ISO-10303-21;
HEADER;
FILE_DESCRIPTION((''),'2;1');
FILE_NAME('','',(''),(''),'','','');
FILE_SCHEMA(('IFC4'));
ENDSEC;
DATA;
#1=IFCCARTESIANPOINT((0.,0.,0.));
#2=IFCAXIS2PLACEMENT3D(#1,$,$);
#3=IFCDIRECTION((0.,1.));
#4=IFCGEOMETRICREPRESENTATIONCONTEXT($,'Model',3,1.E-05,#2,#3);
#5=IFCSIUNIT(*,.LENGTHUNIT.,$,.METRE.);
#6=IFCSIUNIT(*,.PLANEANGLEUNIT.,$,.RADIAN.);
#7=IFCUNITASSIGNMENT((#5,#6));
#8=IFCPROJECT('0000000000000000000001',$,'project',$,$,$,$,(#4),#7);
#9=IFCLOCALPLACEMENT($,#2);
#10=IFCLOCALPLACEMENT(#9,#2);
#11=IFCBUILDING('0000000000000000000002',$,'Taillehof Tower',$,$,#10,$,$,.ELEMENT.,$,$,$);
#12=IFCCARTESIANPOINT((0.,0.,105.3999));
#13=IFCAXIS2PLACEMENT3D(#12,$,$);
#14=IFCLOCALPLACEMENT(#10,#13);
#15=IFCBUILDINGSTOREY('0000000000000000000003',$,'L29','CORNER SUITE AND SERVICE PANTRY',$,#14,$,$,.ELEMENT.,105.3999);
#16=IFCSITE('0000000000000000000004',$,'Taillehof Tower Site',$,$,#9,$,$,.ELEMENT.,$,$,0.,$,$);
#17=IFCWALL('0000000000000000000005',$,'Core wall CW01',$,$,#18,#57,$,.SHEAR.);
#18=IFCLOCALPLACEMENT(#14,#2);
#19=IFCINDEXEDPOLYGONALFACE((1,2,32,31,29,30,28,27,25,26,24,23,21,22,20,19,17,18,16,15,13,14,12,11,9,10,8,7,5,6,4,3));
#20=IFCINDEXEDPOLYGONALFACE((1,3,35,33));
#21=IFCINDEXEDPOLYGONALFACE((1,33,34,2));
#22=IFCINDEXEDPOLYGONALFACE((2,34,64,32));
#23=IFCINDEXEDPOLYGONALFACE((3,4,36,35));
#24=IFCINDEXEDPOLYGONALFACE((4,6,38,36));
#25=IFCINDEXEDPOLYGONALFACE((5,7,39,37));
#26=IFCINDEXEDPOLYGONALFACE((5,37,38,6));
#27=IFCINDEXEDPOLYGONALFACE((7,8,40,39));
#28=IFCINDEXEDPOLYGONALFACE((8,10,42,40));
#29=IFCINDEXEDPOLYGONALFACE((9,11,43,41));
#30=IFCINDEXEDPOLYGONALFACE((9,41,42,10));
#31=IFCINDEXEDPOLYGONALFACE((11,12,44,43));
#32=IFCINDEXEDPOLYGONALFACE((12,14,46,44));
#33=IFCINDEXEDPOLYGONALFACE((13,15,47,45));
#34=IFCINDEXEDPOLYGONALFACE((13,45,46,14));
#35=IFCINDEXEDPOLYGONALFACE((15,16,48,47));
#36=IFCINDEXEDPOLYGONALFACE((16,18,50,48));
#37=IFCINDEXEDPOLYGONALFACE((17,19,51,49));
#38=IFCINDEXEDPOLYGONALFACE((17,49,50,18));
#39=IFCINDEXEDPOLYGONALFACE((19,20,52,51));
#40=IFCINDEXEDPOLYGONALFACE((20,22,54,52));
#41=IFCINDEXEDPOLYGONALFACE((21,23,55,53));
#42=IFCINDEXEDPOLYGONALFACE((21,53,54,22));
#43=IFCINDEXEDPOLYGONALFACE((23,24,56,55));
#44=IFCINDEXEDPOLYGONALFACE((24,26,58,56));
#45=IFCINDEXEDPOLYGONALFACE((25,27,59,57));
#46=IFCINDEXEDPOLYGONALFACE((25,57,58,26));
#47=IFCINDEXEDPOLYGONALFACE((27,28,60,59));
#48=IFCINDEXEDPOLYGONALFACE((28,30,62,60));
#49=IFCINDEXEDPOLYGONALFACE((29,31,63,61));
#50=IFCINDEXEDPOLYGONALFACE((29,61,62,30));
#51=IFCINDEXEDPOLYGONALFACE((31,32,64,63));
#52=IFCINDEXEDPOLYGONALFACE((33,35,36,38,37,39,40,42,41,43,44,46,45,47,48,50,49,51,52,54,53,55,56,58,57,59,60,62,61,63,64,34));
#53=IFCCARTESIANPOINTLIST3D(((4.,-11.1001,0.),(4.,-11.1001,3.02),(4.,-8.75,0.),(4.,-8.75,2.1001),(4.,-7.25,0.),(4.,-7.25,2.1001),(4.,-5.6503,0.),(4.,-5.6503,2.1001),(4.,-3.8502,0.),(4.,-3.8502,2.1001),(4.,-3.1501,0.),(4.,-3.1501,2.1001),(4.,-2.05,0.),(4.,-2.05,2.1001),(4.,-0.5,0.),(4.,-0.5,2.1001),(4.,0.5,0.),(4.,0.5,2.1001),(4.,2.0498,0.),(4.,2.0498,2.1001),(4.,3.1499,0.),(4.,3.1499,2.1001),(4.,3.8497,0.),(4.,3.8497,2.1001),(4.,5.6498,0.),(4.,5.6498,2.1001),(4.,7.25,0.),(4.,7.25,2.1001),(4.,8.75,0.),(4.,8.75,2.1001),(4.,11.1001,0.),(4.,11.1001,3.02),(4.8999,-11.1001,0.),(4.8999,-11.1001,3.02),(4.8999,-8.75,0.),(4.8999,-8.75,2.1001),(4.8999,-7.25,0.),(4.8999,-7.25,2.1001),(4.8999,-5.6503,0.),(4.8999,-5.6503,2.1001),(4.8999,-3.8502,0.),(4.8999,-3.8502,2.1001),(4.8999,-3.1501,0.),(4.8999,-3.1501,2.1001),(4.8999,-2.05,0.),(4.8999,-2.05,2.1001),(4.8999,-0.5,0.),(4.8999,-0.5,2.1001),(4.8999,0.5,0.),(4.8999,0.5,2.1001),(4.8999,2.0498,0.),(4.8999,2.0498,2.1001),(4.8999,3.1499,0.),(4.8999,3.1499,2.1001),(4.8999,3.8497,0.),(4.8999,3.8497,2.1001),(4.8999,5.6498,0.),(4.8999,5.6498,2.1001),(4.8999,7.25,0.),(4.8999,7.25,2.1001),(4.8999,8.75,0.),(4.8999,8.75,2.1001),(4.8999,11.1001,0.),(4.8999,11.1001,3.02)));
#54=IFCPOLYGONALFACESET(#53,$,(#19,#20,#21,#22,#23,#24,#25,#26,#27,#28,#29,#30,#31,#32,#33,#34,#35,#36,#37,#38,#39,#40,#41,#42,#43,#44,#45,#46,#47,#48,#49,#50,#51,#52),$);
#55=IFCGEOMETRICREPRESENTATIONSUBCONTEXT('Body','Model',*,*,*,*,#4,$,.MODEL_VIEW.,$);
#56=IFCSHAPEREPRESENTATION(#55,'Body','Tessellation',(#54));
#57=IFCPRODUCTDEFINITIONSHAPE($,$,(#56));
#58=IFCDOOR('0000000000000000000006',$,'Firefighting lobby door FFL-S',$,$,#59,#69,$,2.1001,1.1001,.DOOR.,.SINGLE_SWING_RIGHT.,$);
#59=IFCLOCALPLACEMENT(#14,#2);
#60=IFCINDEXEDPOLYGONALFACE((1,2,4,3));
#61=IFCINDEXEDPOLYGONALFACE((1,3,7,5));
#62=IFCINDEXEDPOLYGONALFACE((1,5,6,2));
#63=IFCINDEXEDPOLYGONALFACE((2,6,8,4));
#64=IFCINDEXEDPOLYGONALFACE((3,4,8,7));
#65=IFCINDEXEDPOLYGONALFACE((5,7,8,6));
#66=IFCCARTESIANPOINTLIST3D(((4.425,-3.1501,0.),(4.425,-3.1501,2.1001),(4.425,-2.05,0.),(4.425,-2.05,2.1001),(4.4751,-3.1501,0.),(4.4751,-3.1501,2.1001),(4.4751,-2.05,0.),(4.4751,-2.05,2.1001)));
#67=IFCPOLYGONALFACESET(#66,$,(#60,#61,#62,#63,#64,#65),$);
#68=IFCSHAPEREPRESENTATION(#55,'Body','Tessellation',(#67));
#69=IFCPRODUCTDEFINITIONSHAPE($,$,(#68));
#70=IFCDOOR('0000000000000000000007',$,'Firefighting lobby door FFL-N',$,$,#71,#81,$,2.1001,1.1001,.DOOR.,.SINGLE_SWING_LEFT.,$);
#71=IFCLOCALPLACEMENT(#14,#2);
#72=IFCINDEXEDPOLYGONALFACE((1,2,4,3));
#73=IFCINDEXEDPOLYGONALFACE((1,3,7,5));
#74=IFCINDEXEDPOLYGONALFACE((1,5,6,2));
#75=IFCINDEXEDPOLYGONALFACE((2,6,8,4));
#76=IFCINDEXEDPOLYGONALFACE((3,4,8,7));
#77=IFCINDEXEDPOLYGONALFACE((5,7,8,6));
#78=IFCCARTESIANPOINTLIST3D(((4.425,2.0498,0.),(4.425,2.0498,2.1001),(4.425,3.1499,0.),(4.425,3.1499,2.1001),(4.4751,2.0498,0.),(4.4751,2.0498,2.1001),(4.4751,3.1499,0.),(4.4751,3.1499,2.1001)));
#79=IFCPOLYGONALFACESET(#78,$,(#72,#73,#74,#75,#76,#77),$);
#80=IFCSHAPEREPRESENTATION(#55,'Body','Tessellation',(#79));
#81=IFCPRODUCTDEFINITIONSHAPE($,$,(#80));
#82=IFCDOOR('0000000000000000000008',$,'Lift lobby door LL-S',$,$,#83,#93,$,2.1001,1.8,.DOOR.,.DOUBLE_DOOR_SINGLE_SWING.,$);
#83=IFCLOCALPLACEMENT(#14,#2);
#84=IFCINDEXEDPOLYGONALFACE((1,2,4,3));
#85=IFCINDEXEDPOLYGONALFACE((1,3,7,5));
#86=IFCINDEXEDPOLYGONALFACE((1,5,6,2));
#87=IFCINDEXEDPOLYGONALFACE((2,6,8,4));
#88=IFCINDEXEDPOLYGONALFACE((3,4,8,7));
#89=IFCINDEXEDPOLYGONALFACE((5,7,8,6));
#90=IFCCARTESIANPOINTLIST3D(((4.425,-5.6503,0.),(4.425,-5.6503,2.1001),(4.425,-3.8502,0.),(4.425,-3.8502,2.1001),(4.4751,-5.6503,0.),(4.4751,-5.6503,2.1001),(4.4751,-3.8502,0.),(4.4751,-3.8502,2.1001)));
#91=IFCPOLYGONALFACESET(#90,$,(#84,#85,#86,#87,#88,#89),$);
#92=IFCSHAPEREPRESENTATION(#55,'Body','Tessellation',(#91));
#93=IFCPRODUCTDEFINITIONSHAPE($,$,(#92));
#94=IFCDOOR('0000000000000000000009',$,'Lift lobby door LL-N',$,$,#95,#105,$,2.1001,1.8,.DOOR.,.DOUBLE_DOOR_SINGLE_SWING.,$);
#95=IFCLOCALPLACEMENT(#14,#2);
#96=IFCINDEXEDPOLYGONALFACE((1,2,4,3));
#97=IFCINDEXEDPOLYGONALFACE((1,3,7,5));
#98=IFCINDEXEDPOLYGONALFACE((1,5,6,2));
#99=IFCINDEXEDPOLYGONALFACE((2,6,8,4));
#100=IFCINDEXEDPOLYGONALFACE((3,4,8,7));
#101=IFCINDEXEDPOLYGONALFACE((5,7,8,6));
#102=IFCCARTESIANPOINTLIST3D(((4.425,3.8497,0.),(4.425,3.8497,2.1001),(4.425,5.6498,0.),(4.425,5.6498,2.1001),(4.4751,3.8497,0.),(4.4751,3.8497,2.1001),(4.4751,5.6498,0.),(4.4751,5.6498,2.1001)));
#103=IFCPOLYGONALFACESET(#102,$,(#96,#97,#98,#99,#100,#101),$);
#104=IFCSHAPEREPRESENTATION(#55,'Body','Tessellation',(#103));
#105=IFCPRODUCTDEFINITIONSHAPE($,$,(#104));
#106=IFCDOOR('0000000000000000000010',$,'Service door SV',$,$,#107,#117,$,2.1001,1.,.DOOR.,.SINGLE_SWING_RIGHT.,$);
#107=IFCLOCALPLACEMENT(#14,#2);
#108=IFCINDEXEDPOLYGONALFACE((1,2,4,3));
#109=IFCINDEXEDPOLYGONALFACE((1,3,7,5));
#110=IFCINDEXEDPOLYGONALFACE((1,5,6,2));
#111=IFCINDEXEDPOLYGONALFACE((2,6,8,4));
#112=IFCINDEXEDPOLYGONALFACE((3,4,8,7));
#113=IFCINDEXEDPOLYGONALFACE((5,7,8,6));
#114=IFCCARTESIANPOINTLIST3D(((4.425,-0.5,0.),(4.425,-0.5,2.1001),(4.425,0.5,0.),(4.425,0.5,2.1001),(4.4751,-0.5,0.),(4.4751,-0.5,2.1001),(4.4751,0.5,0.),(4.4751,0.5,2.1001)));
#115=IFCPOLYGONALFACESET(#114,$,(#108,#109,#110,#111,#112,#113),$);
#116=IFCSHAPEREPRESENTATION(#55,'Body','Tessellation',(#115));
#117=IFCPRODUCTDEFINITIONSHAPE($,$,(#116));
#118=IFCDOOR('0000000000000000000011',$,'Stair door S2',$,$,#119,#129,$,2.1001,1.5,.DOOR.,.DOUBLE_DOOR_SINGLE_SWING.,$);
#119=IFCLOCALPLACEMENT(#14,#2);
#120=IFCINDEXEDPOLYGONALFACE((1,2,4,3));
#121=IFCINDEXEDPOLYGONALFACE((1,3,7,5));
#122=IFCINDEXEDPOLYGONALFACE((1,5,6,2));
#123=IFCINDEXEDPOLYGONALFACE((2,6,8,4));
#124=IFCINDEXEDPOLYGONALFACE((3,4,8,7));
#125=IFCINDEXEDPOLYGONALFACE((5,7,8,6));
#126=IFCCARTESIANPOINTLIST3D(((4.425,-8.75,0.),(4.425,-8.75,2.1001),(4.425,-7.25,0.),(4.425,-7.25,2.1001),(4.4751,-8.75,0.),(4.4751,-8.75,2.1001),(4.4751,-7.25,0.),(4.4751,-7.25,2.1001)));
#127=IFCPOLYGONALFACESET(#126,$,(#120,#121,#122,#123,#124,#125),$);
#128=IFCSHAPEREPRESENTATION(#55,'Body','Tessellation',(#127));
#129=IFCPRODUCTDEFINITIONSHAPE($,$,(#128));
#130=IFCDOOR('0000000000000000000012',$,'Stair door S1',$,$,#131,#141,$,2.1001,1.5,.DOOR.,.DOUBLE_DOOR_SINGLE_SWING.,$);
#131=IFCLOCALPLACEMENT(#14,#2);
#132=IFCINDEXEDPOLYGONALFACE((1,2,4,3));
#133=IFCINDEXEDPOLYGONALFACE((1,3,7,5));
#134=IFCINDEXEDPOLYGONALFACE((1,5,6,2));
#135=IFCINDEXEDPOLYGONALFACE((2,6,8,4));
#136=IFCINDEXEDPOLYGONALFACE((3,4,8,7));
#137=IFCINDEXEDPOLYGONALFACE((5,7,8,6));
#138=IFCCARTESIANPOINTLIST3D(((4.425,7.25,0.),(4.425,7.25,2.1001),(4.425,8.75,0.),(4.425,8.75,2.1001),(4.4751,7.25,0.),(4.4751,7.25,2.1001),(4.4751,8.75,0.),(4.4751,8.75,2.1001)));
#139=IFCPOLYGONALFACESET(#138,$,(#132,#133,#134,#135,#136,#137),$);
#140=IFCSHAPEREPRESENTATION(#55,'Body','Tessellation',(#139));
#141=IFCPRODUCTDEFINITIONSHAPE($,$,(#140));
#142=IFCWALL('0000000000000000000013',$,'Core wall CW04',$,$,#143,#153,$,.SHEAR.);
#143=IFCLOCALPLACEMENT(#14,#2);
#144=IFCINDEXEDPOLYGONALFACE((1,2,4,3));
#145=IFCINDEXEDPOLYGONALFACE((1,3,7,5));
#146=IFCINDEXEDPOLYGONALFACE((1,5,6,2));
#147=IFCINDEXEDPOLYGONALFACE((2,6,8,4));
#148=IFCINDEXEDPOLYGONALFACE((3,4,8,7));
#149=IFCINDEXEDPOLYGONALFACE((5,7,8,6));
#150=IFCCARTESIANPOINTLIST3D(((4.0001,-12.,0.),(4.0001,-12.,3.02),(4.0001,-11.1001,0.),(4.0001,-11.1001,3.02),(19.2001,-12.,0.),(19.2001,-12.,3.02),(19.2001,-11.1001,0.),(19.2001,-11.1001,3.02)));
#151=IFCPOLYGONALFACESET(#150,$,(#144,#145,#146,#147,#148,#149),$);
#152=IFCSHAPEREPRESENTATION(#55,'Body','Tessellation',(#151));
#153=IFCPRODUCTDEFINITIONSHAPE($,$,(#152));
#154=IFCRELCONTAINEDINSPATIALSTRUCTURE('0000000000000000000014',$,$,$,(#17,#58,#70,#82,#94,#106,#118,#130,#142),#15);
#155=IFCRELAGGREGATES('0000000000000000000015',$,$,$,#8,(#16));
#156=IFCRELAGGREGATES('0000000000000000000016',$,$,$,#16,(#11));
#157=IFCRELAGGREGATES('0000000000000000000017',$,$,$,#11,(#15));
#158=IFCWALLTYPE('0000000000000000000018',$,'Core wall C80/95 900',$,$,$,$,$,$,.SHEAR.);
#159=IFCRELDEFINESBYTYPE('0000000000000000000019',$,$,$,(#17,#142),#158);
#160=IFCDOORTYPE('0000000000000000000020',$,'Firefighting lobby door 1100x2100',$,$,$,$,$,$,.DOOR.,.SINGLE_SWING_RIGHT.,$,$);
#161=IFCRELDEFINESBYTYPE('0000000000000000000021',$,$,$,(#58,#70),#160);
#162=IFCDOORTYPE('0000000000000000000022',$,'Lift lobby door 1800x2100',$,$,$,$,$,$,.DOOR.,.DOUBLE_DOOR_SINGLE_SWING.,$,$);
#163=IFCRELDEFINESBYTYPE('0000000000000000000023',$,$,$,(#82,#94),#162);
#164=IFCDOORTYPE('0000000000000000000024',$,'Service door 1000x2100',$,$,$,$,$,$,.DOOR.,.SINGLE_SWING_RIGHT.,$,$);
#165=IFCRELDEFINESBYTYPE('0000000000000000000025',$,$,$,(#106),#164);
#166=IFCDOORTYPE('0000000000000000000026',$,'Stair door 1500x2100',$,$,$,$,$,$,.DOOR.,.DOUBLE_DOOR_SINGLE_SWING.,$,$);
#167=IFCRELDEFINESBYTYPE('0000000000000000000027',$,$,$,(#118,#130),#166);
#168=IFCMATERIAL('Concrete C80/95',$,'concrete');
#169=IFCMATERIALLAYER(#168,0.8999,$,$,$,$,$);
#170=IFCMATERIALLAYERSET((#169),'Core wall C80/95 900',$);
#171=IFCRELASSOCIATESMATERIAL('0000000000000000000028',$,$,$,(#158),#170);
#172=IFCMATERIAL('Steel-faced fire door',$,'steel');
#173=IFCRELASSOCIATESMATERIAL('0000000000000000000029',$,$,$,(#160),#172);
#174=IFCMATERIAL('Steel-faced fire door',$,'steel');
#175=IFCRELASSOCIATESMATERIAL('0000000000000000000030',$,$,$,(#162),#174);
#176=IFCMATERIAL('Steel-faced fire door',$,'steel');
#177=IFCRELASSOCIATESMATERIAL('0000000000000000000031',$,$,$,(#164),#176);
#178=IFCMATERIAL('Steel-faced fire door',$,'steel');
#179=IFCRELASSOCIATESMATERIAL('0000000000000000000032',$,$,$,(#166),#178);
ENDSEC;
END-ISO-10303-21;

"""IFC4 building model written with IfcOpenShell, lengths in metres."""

from ifc_helpers import new_model, si_unit, direction, frame, frame_2d, origin, place, context, subcontext, project, spatial, rectangle, extrude, material, layer, layer_set, type_object, element, fill, save


model = new_model("IFC4")

# Units and contexts
model_context = context("Model", 3, precision=1e-05, world=origin(), true_north=direction((0.0, 1.0)))
body_context = subcontext(model_context, "Body", "Model", "MODEL_VIEW")
ifc_project = project(units=[si_unit("LENGTHUNIT", "METRE"), si_unit("PLANEANGLEUNIT", "RADIAN")], contexts=[model_context])

# Site, building, storey
site_placement = place(None, origin())
site = spatial("IfcSite", under=ifc_project, at=site_placement, Name="Taillehof Tower Site", CompositionType="ELEMENT", RefElevation=0.0)
building_placement = place(site_placement, origin())
building = spatial("IfcBuilding", under=site, at=building_placement, Name="Taillehof Tower", CompositionType="ELEMENT")
storey_placement = place(building_placement, frame((0.0, 0.0, 105.3999)))
storey = spatial("IfcBuildingStorey", under=building, at=storey_placement, Name="L29", Description="CORNER SUITE AND SERVICE PANTRY", CompositionType="ELEMENT", Elevation=105.3999)

# Wall, openings, doors
ifc_material_1 = material(Name="Concrete C80/95", Category="concrete")
ifc_layer_1 = layer(ifc_material_1, 0.8999)
ifc_layer_set_1 = layer_set([ifc_layer_1], Name="Core wall C80/95 900")
wall_type_1 = type_object("IfcWallType", Name="Core wall C80/95 900", PredefinedType="SHEAR", material=ifc_layer_set_1)
wall_1_placement = place(storey_placement, frame((4.45, -11.1001, 0.0), z_axis=(0.0, 0.0, 1.0), x_axis=(0.0, 1.0, 0.0)))
wall_1 = element("IfcWall", 1, at=wall_1_placement, inside=storey, type_object=wall_type_1, Name="Core wall CW01", PredefinedType="SHEAR", context=body_context, shape_type="SweptSolid", body=[
    extrude(rectangle(XDim=22.2002, YDim=0.8999, at=frame_2d((11.1001, 0.0))), origin(), (0.0, 0.0, 1.0), 3.02),
])
opening_1_placement = place(wall_1_placement, frame((2.3501, 0.0, 0.0)))
opening_1 = element("IfcOpeningElement", 2, at=opening_1_placement, cuts=wall_1, PredefinedType="OPENING", context=body_context, shape_type="SweptSolid", body=[
    extrude(rectangle(XDim=1.5, YDim=2.1001, at=frame_2d((0.75, 1.05))), frame((0.0, 0.46, 0.0), z_axis=(0.0, -1.0, 0.0), x_axis=(1.0, 0.0, 0.0)), (0.0, 0.0, 1.0), 0.9199),
])
opening_2_placement = place(wall_1_placement, frame((5.45, 0.0, 0.0)))
opening_2 = element("IfcOpeningElement", 3, at=opening_2_placement, cuts=wall_1, PredefinedType="OPENING", context=body_context, shape_type="SweptSolid", body=[
    extrude(rectangle(XDim=1.8, YDim=2.1001, at=frame_2d((0.8999, 1.05))), frame((0.0, 0.46, 0.0), z_axis=(0.0, -1.0, 0.0), x_axis=(1.0, 0.0, 0.0)), (0.0, 0.0, 1.0), 0.9199),
])
opening_3_placement = place(wall_1_placement, frame((7.95, 0.0, 0.0)))
opening_3 = element("IfcOpeningElement", 4, at=opening_3_placement, cuts=wall_1, PredefinedType="OPENING", context=body_context, shape_type="SweptSolid", body=[
    extrude(rectangle(XDim=1.1001, YDim=2.1001, at=frame_2d((0.55, 1.05))), frame((0.0, 0.46, 0.0), z_axis=(0.0, -1.0, 0.0), x_axis=(1.0, 0.0, 0.0)), (0.0, 0.0, 1.0), 0.9199),
])
opening_4_placement = place(wall_1_placement, frame((10.6001, 0.0, 0.0)))
opening_4 = element("IfcOpeningElement", 5, at=opening_4_placement, cuts=wall_1, PredefinedType="OPENING", context=body_context, shape_type="SweptSolid", body=[
    extrude(rectangle(XDim=1.0, YDim=2.1001, at=frame_2d((0.5, 1.05))), frame((0.0, 0.46, 0.0), z_axis=(0.0, -1.0, 0.0), x_axis=(1.0, 0.0, 0.0)), (0.0, 0.0, 1.0), 0.9199),
])
opening_5_placement = place(wall_1_placement, frame((13.1499, 0.0, 0.0)))
opening_5 = element("IfcOpeningElement", 6, at=opening_5_placement, cuts=wall_1, PredefinedType="OPENING", context=body_context, shape_type="SweptSolid", body=[
    extrude(rectangle(XDim=1.1001, YDim=2.1001, at=frame_2d((0.55, 1.05))), frame((0.0, 0.46, 0.0), z_axis=(0.0, -1.0, 0.0), x_axis=(1.0, 0.0, 0.0)), (0.0, 0.0, 1.0), 0.9199),
])
opening_6_placement = place(wall_1_placement, frame((14.95, 0.0, 0.0)))
opening_6 = element("IfcOpeningElement", 7, at=opening_6_placement, cuts=wall_1, PredefinedType="OPENING", context=body_context, shape_type="SweptSolid", body=[
    extrude(rectangle(XDim=1.8, YDim=2.1001, at=frame_2d((0.8999, 1.05))), frame((0.0, 0.46, 0.0), z_axis=(0.0, -1.0, 0.0), x_axis=(1.0, 0.0, 0.0)), (0.0, 0.0, 1.0), 0.9199),
])
opening_7_placement = place(wall_1_placement, frame((18.3501, 0.0, 0.0)))
opening_7 = element("IfcOpeningElement", 8, at=opening_7_placement, cuts=wall_1, PredefinedType="OPENING", context=body_context, shape_type="SweptSolid", body=[
    extrude(rectangle(XDim=1.5, YDim=2.1001, at=frame_2d((0.75, 1.05))), frame((0.0, 0.46, 0.0), z_axis=(0.0, -1.0, 0.0), x_axis=(1.0, 0.0, 0.0)), (0.0, 0.0, 1.0), 0.9199),
])
ifc_material_2 = material(Name="Steel-faced fire door", Category="steel")
door_type_1 = type_object("IfcDoorType", Name="Firefighting lobby door 1100x2100", OperationType="SINGLE_SWING_RIGHT", PredefinedType="DOOR", material=ifc_material_2)
door_1_placement = place(opening_3_placement, origin())
door_1 = element("IfcDoor", 9, at=door_1_placement, inside=storey, type_object=door_type_1, Name="Firefighting lobby door FFL-S", OperationType="SINGLE_SWING_RIGHT", OverallHeight=2.1001, OverallWidth=1.1001, PredefinedType="DOOR", context=body_context, shape_type="SweptSolid", body=[
    extrude(rectangle(XDim=1.1001, YDim=2.1001, at=frame_2d((0.55, 1.05))), frame((0.0, 0.0249, 0.0), z_axis=(0.0, -1.0, 0.0), x_axis=(1.0, 0.0, 0.0)), (0.0, 0.0, 1.0), 0.05),
])
fill(opening_3, door_1)
door_2_placement = place(opening_5_placement, origin())
door_2 = element("IfcDoor", 10, at=door_2_placement, inside=storey, type_object=door_type_1, Name="Firefighting lobby door FFL-N", OperationType="SINGLE_SWING_LEFT", OverallHeight=2.1001, OverallWidth=1.1001, PredefinedType="DOOR", context=body_context, shape_type="SweptSolid", body=[
    extrude(rectangle(XDim=1.1001, YDim=2.1001, at=frame_2d((0.55, 1.05))), frame((0.0, 0.0249, 0.0), z_axis=(0.0, -1.0, 0.0), x_axis=(1.0, 0.0, 0.0)), (0.0, 0.0, 1.0), 0.05),
])
fill(opening_5, door_2)
ifc_material_3 = material(Name="Steel-faced fire door", Category="steel")
door_type_2 = type_object("IfcDoorType", Name="Lift lobby door 1800x2100", OperationType="DOUBLE_DOOR_SINGLE_SWING", PredefinedType="DOOR", material=ifc_material_3)
door_3_placement = place(opening_2_placement, origin())
door_3 = element("IfcDoor", 11, at=door_3_placement, inside=storey, type_object=door_type_2, Name="Lift lobby door LL-S", OperationType="DOUBLE_DOOR_SINGLE_SWING", OverallHeight=2.1001, OverallWidth=1.8, PredefinedType="DOOR", context=body_context, shape_type="SweptSolid", body=[
    extrude(rectangle(XDim=1.8, YDim=2.1001, at=frame_2d((0.8999, 1.05))), frame((0.0, 0.0249, 0.0), z_axis=(0.0, -1.0, 0.0), x_axis=(1.0, 0.0, 0.0)), (0.0, 0.0, 1.0), 0.05),
])
fill(opening_2, door_3)
door_4_placement = place(opening_6_placement, origin())
door_4 = element("IfcDoor", 12, at=door_4_placement, inside=storey, type_object=door_type_2, Name="Lift lobby door LL-N", OperationType="DOUBLE_DOOR_SINGLE_SWING", OverallHeight=2.1001, OverallWidth=1.8, PredefinedType="DOOR", context=body_context, shape_type="SweptSolid", body=[
    extrude(rectangle(XDim=1.8, YDim=2.1001, at=frame_2d((0.8999, 1.05))), frame((0.0, 0.0249, 0.0), z_axis=(0.0, -1.0, 0.0), x_axis=(1.0, 0.0, 0.0)), (0.0, 0.0, 1.0), 0.05),
])
fill(opening_6, door_4)
ifc_material_4 = material(Name="Steel-faced fire door", Category="steel")
door_type_3 = type_object("IfcDoorType", Name="Service door 1000x2100", OperationType="SINGLE_SWING_RIGHT", PredefinedType="DOOR", material=ifc_material_4)
door_5_placement = place(opening_4_placement, origin())
door_5 = element("IfcDoor", 13, at=door_5_placement, inside=storey, type_object=door_type_3, Name="Service door SV", OperationType="SINGLE_SWING_RIGHT", OverallHeight=2.1001, OverallWidth=1.0, PredefinedType="DOOR", context=body_context, shape_type="SweptSolid", body=[
    extrude(rectangle(XDim=1.0, YDim=2.1001, at=frame_2d((0.5, 1.05))), frame((0.0, 0.0249, 0.0), z_axis=(0.0, -1.0, 0.0), x_axis=(1.0, 0.0, 0.0)), (0.0, 0.0, 1.0), 0.05),
])
fill(opening_4, door_5)
ifc_material_5 = material(Name="Steel-faced fire door", Category="steel")
door_type_4 = type_object("IfcDoorType", Name="Stair door 1500x2100", OperationType="DOUBLE_DOOR_SINGLE_SWING", PredefinedType="DOOR", material=ifc_material_5)
door_6_placement = place(opening_1_placement, origin())
door_6 = element("IfcDoor", 14, at=door_6_placement, inside=storey, type_object=door_type_4, Name="Stair door S2", OperationType="DOUBLE_DOOR_SINGLE_SWING", OverallHeight=2.1001, OverallWidth=1.5, PredefinedType="DOOR", context=body_context, shape_type="SweptSolid", body=[
    extrude(rectangle(XDim=1.5, YDim=2.1001, at=frame_2d((0.75, 1.05))), frame((0.0, 0.0249, 0.0), z_axis=(0.0, -1.0, 0.0), x_axis=(1.0, 0.0, 0.0)), (0.0, 0.0, 1.0), 0.05),
])
fill(opening_1, door_6)
door_7_placement = place(opening_7_placement, origin())
door_7 = element("IfcDoor", 15, at=door_7_placement, inside=storey, type_object=door_type_4, Name="Stair door S1", OperationType="DOUBLE_DOOR_SINGLE_SWING", OverallHeight=2.1001, OverallWidth=1.5, PredefinedType="DOOR", context=body_context, shape_type="SweptSolid", body=[
    extrude(rectangle(XDim=1.5, YDim=2.1001, at=frame_2d((0.75, 1.05))), frame((0.0, 0.0249, 0.0), z_axis=(0.0, -1.0, 0.0), x_axis=(1.0, 0.0, 0.0)), (0.0, 0.0, 1.0), 0.05),
])
fill(opening_7, door_7)

# Wall
wall_2_placement = place(storey_placement, frame((4.0, -11.55, 0.0), z_axis=(0.0, 0.0, 1.0), x_axis=(1.0, 0.0, 0.0)))
element("IfcWall", 16, at=wall_2_placement, inside=storey, type_object=wall_type_1, Name="Core wall CW04", PredefinedType="SHEAR", context=body_context, shape_type="SweptSolid", body=[
    extrude(rectangle(XDim=15.2, YDim=0.8999, at=frame_2d((7.6001, 0.0))), origin(), (0.0, 0.0, 1.0), 3.02),
])

save(model, "model.ifc")
